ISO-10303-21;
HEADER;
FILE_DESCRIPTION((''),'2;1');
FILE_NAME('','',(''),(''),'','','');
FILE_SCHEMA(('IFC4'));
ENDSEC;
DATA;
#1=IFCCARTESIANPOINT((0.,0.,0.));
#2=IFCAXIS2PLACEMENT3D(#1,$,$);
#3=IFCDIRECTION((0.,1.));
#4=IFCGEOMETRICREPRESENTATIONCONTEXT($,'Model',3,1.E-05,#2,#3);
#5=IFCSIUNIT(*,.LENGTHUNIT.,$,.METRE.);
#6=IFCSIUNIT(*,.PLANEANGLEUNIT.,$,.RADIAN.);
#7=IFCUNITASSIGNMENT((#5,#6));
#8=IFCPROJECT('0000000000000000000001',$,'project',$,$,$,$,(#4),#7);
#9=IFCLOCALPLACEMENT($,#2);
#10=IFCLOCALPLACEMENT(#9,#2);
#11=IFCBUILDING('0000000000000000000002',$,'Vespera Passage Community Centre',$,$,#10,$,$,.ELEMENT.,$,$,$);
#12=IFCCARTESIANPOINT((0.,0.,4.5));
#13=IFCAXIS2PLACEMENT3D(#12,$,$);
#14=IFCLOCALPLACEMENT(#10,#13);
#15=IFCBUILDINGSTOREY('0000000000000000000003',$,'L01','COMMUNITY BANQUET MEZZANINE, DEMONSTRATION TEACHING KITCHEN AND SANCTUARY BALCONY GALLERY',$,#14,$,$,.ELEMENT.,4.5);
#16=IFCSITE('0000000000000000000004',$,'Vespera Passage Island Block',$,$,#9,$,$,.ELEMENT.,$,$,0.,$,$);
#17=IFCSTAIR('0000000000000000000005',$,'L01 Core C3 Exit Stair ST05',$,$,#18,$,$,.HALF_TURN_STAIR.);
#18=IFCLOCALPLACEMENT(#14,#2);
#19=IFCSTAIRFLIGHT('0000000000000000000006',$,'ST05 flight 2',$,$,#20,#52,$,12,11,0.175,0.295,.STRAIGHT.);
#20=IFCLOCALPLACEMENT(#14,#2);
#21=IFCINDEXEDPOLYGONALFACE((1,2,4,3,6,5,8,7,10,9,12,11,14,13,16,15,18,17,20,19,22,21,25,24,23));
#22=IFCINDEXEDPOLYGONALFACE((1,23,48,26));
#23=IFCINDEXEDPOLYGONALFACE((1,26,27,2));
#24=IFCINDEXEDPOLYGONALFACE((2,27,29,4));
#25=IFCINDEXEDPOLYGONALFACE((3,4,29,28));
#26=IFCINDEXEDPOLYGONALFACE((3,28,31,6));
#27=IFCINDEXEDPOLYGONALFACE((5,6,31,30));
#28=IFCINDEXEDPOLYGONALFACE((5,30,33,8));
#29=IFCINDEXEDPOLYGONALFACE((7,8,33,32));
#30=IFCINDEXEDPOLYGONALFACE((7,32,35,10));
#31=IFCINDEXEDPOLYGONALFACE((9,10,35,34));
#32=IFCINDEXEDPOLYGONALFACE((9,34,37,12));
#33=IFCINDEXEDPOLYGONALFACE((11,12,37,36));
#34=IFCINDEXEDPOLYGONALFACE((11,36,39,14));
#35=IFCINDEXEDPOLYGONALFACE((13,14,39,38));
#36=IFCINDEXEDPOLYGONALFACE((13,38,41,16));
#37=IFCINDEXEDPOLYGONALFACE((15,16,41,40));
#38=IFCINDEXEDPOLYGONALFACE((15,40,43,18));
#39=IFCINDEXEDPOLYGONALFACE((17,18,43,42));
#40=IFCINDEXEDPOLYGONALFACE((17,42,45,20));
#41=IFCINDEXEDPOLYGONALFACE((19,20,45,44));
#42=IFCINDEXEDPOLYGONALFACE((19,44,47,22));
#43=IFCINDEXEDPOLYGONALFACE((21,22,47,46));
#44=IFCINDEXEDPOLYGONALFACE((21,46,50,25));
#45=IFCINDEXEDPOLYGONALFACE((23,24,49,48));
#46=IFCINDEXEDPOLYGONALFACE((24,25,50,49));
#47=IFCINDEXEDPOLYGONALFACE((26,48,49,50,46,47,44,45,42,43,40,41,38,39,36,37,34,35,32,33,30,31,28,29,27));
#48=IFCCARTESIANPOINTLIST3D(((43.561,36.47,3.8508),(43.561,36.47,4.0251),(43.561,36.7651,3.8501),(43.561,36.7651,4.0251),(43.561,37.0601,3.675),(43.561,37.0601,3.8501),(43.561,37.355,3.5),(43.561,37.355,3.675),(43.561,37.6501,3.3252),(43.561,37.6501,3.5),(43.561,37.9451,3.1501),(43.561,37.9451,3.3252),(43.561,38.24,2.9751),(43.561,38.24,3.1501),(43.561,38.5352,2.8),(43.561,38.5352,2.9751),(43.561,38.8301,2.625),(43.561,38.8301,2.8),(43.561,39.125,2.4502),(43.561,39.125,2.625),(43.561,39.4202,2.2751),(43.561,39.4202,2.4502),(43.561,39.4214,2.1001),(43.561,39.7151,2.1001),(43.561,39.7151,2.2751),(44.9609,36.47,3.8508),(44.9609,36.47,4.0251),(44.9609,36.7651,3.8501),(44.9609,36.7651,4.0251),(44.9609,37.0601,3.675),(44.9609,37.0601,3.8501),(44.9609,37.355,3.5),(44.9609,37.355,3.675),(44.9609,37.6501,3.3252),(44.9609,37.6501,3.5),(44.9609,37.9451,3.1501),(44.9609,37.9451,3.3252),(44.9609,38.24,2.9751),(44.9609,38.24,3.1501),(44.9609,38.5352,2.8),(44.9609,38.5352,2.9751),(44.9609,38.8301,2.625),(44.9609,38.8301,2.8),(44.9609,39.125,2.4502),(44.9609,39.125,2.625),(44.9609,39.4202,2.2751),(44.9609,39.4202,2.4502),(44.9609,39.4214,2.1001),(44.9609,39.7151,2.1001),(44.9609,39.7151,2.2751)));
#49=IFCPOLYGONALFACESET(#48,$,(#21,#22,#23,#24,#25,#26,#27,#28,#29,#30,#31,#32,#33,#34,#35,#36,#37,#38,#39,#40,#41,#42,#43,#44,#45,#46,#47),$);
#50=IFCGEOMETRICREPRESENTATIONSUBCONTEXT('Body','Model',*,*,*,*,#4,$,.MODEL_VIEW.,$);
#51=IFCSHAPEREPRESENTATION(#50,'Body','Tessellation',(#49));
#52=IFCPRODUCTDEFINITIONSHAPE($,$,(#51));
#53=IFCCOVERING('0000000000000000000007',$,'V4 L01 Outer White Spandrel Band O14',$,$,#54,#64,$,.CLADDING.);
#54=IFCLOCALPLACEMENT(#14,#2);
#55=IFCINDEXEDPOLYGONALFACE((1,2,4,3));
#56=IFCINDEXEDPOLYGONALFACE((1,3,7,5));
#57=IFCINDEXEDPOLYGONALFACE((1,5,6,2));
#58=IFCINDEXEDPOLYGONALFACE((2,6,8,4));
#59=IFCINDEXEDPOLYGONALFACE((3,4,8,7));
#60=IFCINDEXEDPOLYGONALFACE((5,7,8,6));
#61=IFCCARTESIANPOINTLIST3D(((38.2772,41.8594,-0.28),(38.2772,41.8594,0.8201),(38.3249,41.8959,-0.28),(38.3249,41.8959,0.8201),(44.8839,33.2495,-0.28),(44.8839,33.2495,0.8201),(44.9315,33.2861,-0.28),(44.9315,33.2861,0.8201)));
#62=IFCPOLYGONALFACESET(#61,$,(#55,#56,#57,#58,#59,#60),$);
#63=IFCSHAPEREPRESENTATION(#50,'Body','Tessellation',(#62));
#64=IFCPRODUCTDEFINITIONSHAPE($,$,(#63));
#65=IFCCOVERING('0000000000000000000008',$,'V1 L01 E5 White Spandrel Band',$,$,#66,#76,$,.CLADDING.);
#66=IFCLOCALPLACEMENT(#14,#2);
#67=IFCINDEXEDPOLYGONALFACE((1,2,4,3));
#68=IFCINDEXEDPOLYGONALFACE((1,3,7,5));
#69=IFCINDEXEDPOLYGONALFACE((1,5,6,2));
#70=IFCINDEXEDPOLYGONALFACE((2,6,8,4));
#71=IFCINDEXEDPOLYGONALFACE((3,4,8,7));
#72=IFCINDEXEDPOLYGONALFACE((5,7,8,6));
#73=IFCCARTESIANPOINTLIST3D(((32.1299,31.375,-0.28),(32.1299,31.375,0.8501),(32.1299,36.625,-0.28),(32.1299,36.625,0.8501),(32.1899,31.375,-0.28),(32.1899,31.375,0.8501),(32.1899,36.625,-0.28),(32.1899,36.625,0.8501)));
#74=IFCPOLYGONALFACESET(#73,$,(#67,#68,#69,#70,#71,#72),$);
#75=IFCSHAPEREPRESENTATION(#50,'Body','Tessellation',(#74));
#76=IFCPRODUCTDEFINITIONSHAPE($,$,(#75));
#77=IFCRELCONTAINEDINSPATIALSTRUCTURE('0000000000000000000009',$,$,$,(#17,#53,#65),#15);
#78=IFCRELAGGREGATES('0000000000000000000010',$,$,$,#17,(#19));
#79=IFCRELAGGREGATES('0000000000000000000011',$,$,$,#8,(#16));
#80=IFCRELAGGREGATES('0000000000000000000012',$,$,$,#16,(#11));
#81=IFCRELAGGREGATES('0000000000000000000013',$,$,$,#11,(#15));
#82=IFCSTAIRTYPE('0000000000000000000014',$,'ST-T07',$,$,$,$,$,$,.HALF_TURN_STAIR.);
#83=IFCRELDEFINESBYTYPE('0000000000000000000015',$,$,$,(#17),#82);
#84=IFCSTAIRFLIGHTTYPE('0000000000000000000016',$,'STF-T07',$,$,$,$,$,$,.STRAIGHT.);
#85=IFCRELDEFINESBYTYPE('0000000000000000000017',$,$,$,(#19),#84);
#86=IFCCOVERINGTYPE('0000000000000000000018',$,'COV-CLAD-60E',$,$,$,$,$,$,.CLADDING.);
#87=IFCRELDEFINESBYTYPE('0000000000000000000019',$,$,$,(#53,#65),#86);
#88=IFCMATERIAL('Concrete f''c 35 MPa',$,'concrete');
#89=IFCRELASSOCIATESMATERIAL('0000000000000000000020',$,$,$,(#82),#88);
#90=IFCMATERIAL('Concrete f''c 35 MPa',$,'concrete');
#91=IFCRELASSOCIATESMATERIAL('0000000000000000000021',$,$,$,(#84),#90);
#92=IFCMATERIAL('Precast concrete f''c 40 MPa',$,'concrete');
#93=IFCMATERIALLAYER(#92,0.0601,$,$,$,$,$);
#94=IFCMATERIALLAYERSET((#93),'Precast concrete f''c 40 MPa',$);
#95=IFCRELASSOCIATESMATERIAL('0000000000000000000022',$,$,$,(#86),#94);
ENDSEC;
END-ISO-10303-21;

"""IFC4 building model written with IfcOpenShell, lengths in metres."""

from ifc_helpers import new_model, si_unit, direction, frame, frame_2d, origin, place, context, subcontext, project, spatial, polyline, rectangle, outline, extrude, material, layer, layer_set, type_object, element, aggregate, save


model = new_model("IFC4")

# Units and contexts
model_context = context("Model", 3, precision=1e-05, world=origin(), true_north=direction((0.0, 1.0)))
body_context = subcontext(model_context, "Body", "Model", "MODEL_VIEW")
ifc_project = project(units=[si_unit("LENGTHUNIT", "METRE"), si_unit("PLANEANGLEUNIT", "RADIAN")], contexts=[model_context])

# Site, building, storey
site_placement = place(None, origin())
site = spatial("IfcSite", under=ifc_project, at=site_placement, Name="Vespera Passage Island Block", CompositionType="ELEMENT", RefElevation=0.0)
building_placement = place(site_placement, origin())
building = spatial("IfcBuilding", under=site, at=building_placement, Name="Vespera Passage Community Centre", CompositionType="ELEMENT")
storey_placement = place(building_placement, frame((0.0, 0.0, 4.5)))
storey = spatial("IfcBuildingStorey", under=building, at=storey_placement, Name="L01", Description="COMMUNITY BANQUET MEZZANINE, DEMONSTRATION TEACHING KITCHEN AND SANCTUARY BALCONY GALLERY", CompositionType="ELEMENT", Elevation=4.5)

# Stair, stair flight
ifc_material_1 = material(Name="Concrete f'c 35 MPa", Category="concrete")
stair_type = type_object("IfcStairType", Name="ST-T07", PredefinedType="HALF_TURN_STAIR", material=ifc_material_1)
stair_placement = place(storey_placement, origin())
stair = element("IfcStair", 1, at=stair_placement, inside=storey, type_object=stair_type, Name="L01 Core C3 Exit Stair ST05", PredefinedType="HALF_TURN_STAIR")
ifc_material_2 = material(Name="Concrete f'c 35 MPa", Category="concrete")
stair_flight_type = type_object("IfcStairFlightType", Name="STF-T07", PredefinedType="STRAIGHT", material=ifc_material_2)
stair_flight_placement = place(storey_placement, frame((44.261, 39.7151, 2.1001), z_axis=(0.0, 0.0, 1.0), x_axis=(0.0, -1.0, 0.0)))
stair_flight = element("IfcStairFlight", 2, at=stair_flight_placement, type_object=stair_flight_type, Name="ST05 flight 2", NumberOfRisers=12, NumberOfTreads=11, PredefinedType="STRAIGHT", RiserHeight=0.175, TreadLength=0.295, context=body_context, shape_type="SweptSolid", body=[
    extrude(outline(polyline([(0.0, 0.0), (0.0, 0.175), (0.2949, 0.175), (0.2949, 0.3501), (0.5901, 0.3501), (0.5901, 0.5249), (0.885, 0.5249), (0.885, 0.7), (1.1799, 0.7), (1.1799, 0.875), (1.4751, 0.875), (1.4751, 1.05), (1.77, 1.05), (1.77, 1.2251), (2.0649, 1.2251), (2.0649, 1.3999), (2.3601, 1.3999), (2.3601, 1.575), (2.655, 1.575), (2.655, 1.75), (2.95, 1.75), (2.95, 1.925), (3.2451, 1.925), (3.2451, 2.1001), (3.2451, 1.7507), (0.2937, 0.0), (0.0, 0.0)])), frame((0.0, 0.7, 0.0), z_axis=(0.0, -1.0, 0.0), x_axis=(1.0, 0.0, 0.0)), (0.0, 0.0, 1.0), 1.3999),
])
aggregate(stair, [stair_flight])

# Coverings
ifc_material_3 = material(Name="Precast concrete f'c 40 MPa", Category="concrete")
ifc_layer_1 = layer(ifc_material_3, 0.0601)
ifc_layer_set_1 = layer_set([ifc_layer_1], Name="Precast concrete f'c 40 MPa")
covering_type = type_object("IfcCoveringType", Name="COV-CLAD-60E", PredefinedType="CLADDING", material=ifc_layer_set_1)
covering_1_placement = place(storey_placement, frame((44.9077, 33.2678, -0.28), z_axis=(0.0, 0.0, 1.0), x_axis=(-0.608768, 0.793348, 0.0)))
element("IfcCovering", 3, at=covering_1_placement, inside=storey, type_object=covering_type, Name="V4 L01 Outer White Spandrel Band O14", PredefinedType="CLADDING", context=body_context, shape_type="SweptSolid", body=[
    extrude(rectangle(XDim=10.8525, YDim=0.0601, at=frame_2d((5.4263, 0.0))), origin(), (0.0, 0.0, 1.0), 1.1001),
])
covering_2_placement = place(storey_placement, frame((32.1599, 36.625, -0.28), z_axis=(0.0, 0.0, 1.0), x_axis=(0.0, -1.0, 0.0)))
element("IfcCovering", 4, at=covering_2_placement, inside=storey, type_object=covering_type, Name="V1 L01 E5 White Spandrel Band", PredefinedType="CLADDING", context=body_context, shape_type="SweptSolid", body=[
    extrude(rectangle(XDim=5.25, YDim=0.0601, at=frame_2d((2.625, 0.0))), origin(), (0.0, 0.0, 1.0), 1.1301),
])

save(model, "model.ifc")
